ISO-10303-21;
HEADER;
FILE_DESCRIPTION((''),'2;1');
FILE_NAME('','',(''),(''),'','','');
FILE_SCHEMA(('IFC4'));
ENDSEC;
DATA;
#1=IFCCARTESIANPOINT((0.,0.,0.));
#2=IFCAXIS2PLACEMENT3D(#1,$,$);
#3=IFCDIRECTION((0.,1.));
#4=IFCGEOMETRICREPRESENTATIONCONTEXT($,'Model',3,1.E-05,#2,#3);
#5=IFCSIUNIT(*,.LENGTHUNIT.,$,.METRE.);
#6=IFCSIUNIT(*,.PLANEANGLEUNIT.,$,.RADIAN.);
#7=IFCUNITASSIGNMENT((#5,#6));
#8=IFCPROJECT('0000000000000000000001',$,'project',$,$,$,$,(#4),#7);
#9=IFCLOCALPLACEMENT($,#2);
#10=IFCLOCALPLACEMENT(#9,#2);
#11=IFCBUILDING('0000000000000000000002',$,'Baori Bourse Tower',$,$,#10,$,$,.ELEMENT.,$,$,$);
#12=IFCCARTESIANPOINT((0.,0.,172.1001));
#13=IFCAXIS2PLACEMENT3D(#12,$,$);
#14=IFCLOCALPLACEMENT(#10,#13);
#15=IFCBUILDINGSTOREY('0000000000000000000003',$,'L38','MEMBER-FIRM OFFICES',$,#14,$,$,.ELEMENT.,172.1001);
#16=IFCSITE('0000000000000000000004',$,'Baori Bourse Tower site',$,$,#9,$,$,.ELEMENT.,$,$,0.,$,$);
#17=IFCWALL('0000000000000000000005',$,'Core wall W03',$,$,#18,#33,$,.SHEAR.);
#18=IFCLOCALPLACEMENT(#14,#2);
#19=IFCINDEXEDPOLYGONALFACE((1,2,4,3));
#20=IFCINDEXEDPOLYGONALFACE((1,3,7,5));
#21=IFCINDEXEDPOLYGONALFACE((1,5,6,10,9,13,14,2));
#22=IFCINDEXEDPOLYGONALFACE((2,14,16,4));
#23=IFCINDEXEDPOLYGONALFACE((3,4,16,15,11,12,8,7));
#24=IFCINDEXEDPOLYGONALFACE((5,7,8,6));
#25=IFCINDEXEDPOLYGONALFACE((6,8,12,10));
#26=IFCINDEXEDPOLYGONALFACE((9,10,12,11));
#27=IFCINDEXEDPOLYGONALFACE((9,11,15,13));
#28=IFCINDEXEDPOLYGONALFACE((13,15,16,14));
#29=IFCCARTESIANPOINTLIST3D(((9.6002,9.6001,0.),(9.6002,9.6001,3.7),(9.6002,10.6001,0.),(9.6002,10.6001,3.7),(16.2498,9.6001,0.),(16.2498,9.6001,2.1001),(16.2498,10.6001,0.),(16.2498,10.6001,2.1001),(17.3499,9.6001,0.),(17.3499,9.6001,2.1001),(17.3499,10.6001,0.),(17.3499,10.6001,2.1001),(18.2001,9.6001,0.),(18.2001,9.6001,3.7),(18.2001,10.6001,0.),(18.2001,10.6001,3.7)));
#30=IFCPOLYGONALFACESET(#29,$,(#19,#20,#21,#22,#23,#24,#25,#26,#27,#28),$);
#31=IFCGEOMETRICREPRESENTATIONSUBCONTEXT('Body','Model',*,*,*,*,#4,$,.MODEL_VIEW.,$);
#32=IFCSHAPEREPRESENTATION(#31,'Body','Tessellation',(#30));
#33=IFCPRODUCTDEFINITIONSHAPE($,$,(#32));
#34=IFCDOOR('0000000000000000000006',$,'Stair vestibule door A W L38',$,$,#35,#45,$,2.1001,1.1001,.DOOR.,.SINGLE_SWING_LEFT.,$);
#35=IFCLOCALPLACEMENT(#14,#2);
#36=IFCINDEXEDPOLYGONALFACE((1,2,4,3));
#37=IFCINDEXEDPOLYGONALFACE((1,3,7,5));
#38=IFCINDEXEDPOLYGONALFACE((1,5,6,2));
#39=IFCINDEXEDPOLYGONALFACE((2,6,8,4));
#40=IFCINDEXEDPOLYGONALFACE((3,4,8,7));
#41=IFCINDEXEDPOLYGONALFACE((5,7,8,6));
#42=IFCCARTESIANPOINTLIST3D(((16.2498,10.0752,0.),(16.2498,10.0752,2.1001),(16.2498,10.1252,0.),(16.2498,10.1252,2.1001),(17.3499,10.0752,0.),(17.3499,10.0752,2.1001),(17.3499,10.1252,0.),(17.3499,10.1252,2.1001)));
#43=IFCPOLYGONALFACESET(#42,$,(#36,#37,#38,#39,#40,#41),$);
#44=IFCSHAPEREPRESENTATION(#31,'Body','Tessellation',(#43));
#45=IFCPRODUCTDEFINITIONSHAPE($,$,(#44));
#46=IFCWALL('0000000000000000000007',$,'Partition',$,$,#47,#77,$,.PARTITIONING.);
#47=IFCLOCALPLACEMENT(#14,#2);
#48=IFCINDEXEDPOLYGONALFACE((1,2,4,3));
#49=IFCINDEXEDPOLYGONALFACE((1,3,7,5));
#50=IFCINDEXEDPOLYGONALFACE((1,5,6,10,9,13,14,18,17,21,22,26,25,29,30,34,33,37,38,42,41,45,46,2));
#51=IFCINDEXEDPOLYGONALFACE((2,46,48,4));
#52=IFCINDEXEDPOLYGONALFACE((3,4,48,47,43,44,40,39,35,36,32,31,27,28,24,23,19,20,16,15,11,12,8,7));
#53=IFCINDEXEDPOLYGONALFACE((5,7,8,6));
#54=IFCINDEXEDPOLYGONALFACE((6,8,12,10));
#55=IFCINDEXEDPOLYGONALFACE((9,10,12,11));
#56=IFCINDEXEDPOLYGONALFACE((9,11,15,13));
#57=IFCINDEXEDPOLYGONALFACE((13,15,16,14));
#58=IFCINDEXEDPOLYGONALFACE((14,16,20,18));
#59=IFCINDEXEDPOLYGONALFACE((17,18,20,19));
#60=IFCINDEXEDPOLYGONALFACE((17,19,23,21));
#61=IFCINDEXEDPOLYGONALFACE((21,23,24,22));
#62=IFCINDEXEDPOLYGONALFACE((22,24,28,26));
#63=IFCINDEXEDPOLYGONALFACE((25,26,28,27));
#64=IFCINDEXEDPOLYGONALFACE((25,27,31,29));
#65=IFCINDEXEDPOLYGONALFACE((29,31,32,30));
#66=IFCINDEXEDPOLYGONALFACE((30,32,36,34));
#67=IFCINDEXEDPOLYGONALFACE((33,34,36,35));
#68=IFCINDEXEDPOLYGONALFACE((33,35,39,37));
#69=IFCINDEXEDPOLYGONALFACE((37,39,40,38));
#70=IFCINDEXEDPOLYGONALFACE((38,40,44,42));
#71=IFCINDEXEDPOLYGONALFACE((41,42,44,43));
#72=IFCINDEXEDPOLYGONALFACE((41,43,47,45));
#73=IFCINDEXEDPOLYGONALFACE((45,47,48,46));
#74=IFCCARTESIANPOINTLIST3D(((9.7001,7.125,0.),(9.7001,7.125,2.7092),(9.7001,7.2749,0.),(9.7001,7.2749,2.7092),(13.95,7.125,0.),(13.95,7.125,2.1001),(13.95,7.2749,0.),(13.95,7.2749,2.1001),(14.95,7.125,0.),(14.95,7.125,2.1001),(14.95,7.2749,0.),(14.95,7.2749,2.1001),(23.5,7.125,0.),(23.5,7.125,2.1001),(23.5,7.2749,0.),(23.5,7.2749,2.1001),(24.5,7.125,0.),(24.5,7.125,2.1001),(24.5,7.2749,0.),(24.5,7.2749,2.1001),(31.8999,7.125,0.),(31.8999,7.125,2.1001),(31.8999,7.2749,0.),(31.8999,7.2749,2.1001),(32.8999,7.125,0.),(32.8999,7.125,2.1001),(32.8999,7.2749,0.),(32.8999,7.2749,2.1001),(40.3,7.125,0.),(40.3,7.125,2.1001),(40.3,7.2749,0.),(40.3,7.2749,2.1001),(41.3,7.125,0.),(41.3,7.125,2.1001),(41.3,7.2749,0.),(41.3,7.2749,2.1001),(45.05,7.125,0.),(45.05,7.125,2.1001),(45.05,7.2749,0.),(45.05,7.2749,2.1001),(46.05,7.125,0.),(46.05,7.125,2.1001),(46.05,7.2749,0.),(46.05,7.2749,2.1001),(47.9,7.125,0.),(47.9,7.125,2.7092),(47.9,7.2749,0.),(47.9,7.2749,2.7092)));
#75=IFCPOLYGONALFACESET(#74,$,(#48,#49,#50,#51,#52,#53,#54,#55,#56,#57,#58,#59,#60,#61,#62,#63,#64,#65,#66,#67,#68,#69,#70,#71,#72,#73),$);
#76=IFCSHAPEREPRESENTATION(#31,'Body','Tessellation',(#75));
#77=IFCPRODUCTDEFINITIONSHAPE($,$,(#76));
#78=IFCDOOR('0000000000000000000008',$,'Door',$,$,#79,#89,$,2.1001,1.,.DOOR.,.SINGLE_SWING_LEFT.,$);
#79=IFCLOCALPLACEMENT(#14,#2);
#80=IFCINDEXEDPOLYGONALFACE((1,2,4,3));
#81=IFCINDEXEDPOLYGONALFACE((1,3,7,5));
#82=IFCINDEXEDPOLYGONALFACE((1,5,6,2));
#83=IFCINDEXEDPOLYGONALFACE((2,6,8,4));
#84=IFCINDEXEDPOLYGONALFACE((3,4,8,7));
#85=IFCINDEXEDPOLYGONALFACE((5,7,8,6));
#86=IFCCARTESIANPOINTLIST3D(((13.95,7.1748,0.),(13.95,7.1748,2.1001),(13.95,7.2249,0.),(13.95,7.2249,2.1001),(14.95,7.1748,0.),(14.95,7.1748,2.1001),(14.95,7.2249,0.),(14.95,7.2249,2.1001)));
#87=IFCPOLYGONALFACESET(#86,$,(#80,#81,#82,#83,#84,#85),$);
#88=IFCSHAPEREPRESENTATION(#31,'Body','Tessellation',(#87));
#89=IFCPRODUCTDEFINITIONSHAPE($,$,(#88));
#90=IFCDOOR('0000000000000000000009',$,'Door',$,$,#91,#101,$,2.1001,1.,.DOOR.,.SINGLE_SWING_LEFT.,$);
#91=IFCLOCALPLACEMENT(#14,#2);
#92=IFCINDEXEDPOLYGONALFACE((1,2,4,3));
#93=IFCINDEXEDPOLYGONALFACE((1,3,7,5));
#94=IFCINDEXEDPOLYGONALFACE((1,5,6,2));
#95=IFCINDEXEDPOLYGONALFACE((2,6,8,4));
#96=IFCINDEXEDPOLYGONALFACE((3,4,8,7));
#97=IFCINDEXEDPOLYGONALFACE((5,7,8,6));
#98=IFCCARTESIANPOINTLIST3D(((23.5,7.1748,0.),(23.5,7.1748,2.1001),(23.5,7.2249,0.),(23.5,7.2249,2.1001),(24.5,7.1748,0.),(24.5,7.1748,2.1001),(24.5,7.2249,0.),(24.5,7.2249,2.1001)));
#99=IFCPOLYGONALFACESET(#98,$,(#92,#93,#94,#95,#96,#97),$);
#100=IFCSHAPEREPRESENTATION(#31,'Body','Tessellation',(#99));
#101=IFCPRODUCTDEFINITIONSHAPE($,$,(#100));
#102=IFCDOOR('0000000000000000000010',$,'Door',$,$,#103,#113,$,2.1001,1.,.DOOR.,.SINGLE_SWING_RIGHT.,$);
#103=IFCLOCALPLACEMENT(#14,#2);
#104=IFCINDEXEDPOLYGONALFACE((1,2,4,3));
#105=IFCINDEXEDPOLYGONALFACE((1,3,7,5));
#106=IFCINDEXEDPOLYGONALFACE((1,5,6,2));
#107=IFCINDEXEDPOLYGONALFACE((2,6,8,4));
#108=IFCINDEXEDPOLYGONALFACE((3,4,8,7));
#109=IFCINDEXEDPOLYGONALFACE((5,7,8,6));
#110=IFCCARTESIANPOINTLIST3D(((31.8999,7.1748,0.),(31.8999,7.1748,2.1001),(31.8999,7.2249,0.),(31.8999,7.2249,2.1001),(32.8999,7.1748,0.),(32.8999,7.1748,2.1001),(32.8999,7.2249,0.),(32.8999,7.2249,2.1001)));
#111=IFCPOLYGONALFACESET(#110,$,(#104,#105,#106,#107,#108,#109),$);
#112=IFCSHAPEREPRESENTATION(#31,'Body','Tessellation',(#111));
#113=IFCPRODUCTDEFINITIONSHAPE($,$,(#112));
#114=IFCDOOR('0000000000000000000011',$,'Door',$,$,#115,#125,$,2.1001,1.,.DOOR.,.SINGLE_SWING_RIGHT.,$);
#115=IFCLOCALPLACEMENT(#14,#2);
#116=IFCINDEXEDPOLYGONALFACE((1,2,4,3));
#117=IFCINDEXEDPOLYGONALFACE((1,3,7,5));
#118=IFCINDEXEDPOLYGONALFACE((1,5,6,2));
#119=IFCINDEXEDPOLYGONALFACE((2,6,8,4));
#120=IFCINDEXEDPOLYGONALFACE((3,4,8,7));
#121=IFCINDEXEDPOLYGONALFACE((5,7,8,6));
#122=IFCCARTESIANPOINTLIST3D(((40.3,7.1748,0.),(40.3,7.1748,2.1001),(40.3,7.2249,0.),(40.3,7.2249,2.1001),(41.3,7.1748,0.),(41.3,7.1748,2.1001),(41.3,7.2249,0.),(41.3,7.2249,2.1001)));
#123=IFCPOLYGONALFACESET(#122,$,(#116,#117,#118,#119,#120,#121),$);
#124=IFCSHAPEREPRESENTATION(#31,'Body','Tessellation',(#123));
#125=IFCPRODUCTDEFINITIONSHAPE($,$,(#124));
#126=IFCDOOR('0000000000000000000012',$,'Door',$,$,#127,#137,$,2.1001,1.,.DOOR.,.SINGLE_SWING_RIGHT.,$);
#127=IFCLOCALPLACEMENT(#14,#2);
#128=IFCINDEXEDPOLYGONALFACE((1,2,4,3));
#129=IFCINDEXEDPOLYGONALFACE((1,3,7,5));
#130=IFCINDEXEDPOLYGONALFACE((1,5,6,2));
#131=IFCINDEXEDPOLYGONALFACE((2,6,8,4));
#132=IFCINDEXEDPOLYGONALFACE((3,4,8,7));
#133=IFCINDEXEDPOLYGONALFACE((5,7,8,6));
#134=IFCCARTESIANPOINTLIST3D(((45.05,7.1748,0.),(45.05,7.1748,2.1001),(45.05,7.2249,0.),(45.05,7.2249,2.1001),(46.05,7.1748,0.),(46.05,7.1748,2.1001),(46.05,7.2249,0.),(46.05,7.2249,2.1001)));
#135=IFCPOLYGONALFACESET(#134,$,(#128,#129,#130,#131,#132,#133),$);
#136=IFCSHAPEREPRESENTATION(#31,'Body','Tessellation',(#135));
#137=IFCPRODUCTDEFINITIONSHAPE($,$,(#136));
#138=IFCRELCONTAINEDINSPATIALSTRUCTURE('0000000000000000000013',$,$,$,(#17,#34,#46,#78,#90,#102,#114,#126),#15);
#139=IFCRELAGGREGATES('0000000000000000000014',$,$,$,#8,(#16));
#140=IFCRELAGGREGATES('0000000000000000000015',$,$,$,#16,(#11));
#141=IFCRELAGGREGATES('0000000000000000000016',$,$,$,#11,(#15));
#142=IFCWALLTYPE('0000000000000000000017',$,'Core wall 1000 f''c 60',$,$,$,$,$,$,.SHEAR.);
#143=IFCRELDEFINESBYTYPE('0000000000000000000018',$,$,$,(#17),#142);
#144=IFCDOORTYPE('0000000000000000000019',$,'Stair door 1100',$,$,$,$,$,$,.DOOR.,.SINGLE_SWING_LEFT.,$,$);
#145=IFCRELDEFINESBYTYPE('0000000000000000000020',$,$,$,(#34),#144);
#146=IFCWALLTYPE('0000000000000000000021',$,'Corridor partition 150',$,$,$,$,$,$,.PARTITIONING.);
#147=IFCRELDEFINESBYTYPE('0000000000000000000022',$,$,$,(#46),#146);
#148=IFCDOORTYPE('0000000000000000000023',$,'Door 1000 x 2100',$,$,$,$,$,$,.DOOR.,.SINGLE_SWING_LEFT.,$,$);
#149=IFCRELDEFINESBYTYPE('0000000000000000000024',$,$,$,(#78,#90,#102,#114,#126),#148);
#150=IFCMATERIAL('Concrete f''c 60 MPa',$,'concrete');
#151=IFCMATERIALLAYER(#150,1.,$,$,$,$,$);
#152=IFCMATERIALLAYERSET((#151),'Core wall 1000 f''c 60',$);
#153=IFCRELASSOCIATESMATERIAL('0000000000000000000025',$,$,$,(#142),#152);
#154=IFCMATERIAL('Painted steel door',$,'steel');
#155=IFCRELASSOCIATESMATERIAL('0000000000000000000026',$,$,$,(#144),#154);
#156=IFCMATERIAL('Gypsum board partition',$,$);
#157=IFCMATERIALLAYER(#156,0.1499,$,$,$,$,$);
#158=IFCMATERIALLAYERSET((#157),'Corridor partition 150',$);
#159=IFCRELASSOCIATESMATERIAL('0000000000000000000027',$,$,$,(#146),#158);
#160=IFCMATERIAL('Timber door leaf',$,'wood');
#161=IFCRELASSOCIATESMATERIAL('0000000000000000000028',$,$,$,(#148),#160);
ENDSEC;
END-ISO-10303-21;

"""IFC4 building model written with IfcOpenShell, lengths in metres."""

from ifc_helpers import new_model, si_unit, direction, frame, frame_2d, origin, place, context, subcontext, project, spatial, rectangle, extrude, material, layer, layer_set, type_object, element, fill, save


model = new_model("IFC4")

# Units and contexts
model_context = context("Model", 3, precision=1e-05, world=origin(), true_north=direction((0.0, 1.0)))
body_context = subcontext(model_context, "Body", "Model", "MODEL_VIEW")
ifc_project = project(units=[si_unit("LENGTHUNIT", "METRE"), si_unit("PLANEANGLEUNIT", "RADIAN")], contexts=[model_context])

# Site, building, storey
site_placement = place(None, origin())
site = spatial("IfcSite", under=ifc_project, at=site_placement, Name="Baori Bourse Tower site", CompositionType="ELEMENT", RefElevation=0.0)
building_placement = place(site_placement, origin())
building = spatial("IfcBuilding", under=site, at=building_placement, Name="Baori Bourse Tower", CompositionType="ELEMENT")
storey_placement = place(building_placement, frame((0.0, 0.0, 172.1001)))
storey = spatial("IfcBuildingStorey", under=building, at=storey_placement, Name="L38", Description="MEMBER-FIRM OFFICES", CompositionType="ELEMENT", Elevation=172.1001)

# Shared definitions
ifc_material_1 = material(Name="Concrete f'c 60 MPa", Category="concrete")
ifc_layer_1 = layer(ifc_material_1, 1.0)
ifc_layer_set_1 = layer_set([ifc_layer_1], Name="Core wall 1000 f'c 60")
wall_type_1 = type_object("IfcWallType", Name="Core wall 1000 f'c 60", PredefinedType="SHEAR", material=ifc_layer_set_1)

# Wall, opening, door
wall_1_placement = place(storey_placement, frame((18.2, 10.1001, 0.0), z_axis=(0.0, 0.0, 1.0), x_axis=(-1.0, 0.0, 0.0)))
wall_1 = element("IfcWall", 1, at=wall_1_placement, inside=storey, type_object=wall_type_1, Name="Core wall W03", PredefinedType="SHEAR", context=body_context, shape_type="SweptSolid", body=[
    extrude(rectangle(XDim=8.5999, YDim=1.0, at=frame_2d((4.2998, 0.0))), origin(), (0.0, 0.0, 1.0), 3.7),
])
opening_1_placement = place(wall_1_placement, frame((0.8501, 0.0, 0.0)))
opening_1 = element("IfcOpeningElement", 2, at=opening_1_placement, cuts=wall_1, PredefinedType="OPENING", context=body_context, shape_type="SweptSolid", body=[
    extrude(rectangle(XDim=1.1001, YDim=2.1001, at=frame_2d((0.55, 1.05))), frame((0.0, 0.51, 0.0), z_axis=(0.0, -1.0, 0.0), x_axis=(1.0, 0.0, 0.0)), (0.0, 0.0, 1.0), 1.02),
])
ifc_material_2 = material(Name="Painted steel door", Category="steel")
door_type_1 = type_object("IfcDoorType", Name="Stair door 1100", OperationType="SINGLE_SWING_LEFT", PredefinedType="DOOR", material=ifc_material_2)
door_1_placement = place(opening_1_placement, origin())
door_1 = element("IfcDoor", 3, at=door_1_placement, inside=storey, type_object=door_type_1, Name="Stair vestibule door A W L38", OperationType="SINGLE_SWING_LEFT", OverallHeight=2.1001, OverallWidth=1.1001, PredefinedType="DOOR", context=body_context, shape_type="SweptSolid", body=[
    extrude(rectangle(XDim=1.1001, YDim=2.1001, at=frame_2d((0.55, 1.05))), frame((0.0, 0.0249, 0.0), z_axis=(0.0, -1.0, 0.0), x_axis=(1.0, 0.0, 0.0)), (0.0, 0.0, 1.0), 0.05),
])
fill(opening_1, door_1)

# Wall, openings, doors
ifc_material_3 = material(Name="Gypsum board partition")
ifc_layer_2 = layer(ifc_material_3, 0.1499)
ifc_layer_set_2 = layer_set([ifc_layer_2], Name="Corridor partition 150")
wall_type_2 = type_object("IfcWallType", Name="Corridor partition 150", PredefinedType="PARTITIONING", material=ifc_layer_set_2)
wall_2_placement = place(storey_placement, frame((9.7, 7.2, 0.0), z_axis=(0.0, 0.0, 1.0), x_axis=(1.0, 0.0, 0.0)))
wall_2 = element("IfcWall", 4, at=wall_2_placement, inside=storey, type_object=wall_type_2, Name="Partition", PredefinedType="PARTITIONING", context=body_context, shape_type="SweptSolid", body=[
    extrude(rectangle(XDim=38.2, YDim=0.1499, at=frame_2d((19.1001, 0.0))), origin(), (0.0, 0.0, 1.0), 2.7092),
])
opening_2_placement = place(wall_2_placement, frame((4.25, 0.0, 0.0)))
opening_2 = element("IfcOpeningElement", 5, at=opening_2_placement, cuts=wall_2, PredefinedType="OPENING", context=body_context, shape_type="SweptSolid", body=[
    extrude(rectangle(XDim=1.0, YDim=2.1001, at=frame_2d((0.5, 1.05))), frame((0.0, 0.085, 0.0), z_axis=(0.0, -1.0, 0.0), x_axis=(1.0, 0.0, 0.0)), (0.0, 0.0, 1.0), 0.1699),
])
opening_3_placement = place(wall_2_placement, frame((13.8, 0.0, 0.0)))
opening_3 = element("IfcOpeningElement", 6, at=opening_3_placement, cuts=wall_2, PredefinedType="OPENING", context=body_context, shape_type="SweptSolid", body=[
    extrude(rectangle(XDim=1.0, YDim=2.1001, at=frame_2d((0.5, 1.05))), frame((0.0, 0.085, 0.0), z_axis=(0.0, -1.0, 0.0), x_axis=(1.0, 0.0, 0.0)), (0.0, 0.0, 1.0), 0.1699),
])
opening_4_placement = place(wall_2_placement, frame((22.2, 0.0, 0.0)))
opening_4 = element("IfcOpeningElement", 7, at=opening_4_placement, cuts=wall_2, PredefinedType="OPENING", context=body_context, shape_type="SweptSolid", body=[
    extrude(rectangle(XDim=1.0, YDim=2.1001, at=frame_2d((0.5, 1.05))), frame((0.0, 0.085, 0.0), z_axis=(0.0, -1.0, 0.0), x_axis=(1.0, 0.0, 0.0)), (0.0, 0.0, 1.0), 0.1699),
])
opening_5_placement = place(wall_2_placement, frame((30.6001, 0.0, 0.0)))
opening_5 = element("IfcOpeningElement", 8, at=opening_5_placement, cuts=wall_2, PredefinedType="OPENING", context=body_context, shape_type="SweptSolid", body=[
    extrude(rectangle(XDim=1.0, YDim=2.1001, at=frame_2d((0.5, 1.05))), frame((0.0, 0.085, 0.0), z_axis=(0.0, -1.0, 0.0), x_axis=(1.0, 0.0, 0.0)), (0.0, 0.0, 1.0), 0.1699),
])
opening_6_placement = place(wall_2_placement, frame((35.3501, 0.0, 0.0)))
opening_6 = element("IfcOpeningElement", 9, at=opening_6_placement, cuts=wall_2, PredefinedType="OPENING", context=body_context, shape_type="SweptSolid", body=[
    extrude(rectangle(XDim=1.0, YDim=2.1001, at=frame_2d((0.5, 1.05))), frame((0.0, 0.085, 0.0), z_axis=(0.0, -1.0, 0.0), x_axis=(1.0, 0.0, 0.0)), (0.0, 0.0, 1.0), 0.1699),
])
ifc_material_4 = material(Name="Timber door leaf", Category="wood")
door_type_2 = type_object("IfcDoorType", Name="Door 1000 x 2100", OperationType="SINGLE_SWING_LEFT", PredefinedType="DOOR", material=ifc_material_4)
door_2_placement = place(opening_2_placement, origin())
door_2 = element("IfcDoor", 10, at=door_2_placement, inside=storey, type_object=door_type_2, Name="Door", OperationType="SINGLE_SWING_LEFT", OverallHeight=2.1001, OverallWidth=1.0, PredefinedType="DOOR", context=body_context, shape_type="SweptSolid", body=[
    extrude(rectangle(XDim=1.0, YDim=2.1001, at=frame_2d((0.5, 1.05))), frame((0.0, 0.0249, 0.0), z_axis=(0.0, -1.0, 0.0), x_axis=(1.0, 0.0, 0.0)), (0.0, 0.0, 1.0), 0.05),
])
fill(opening_2, door_2)
door_3_placement = place(opening_3_placement, origin())
door_3 = element("IfcDoor", 11, at=door_3_placement, inside=storey, type_object=door_type_2, Name="Door", OperationType="SINGLE_SWING_LEFT", OverallHeight=2.1001, OverallWidth=1.0, PredefinedType="DOOR", context=body_context, shape_type="SweptSolid", body=[
    extrude(rectangle(XDim=1.0, YDim=2.1001, at=frame_2d((0.5, 1.05))), frame((0.0, 0.0249, 0.0), z_axis=(0.0, -1.0, 0.0), x_axis=(1.0, 0.0, 0.0)), (0.0, 0.0, 1.0), 0.05),
])
fill(opening_3, door_3)
door_4_placement = place(opening_4_placement, origin())
door_4 = element("IfcDoor", 12, at=door_4_placement, inside=storey, type_object=door_type_2, Name="Door", OperationType="SINGLE_SWING_RIGHT", OverallHeight=2.1001, OverallWidth=1.0, PredefinedType="DOOR", context=body_context, shape_type="SweptSolid", body=[
    extrude(rectangle(XDim=1.0, YDim=2.1001, at=frame_2d((0.5, 1.05))), frame((0.0, 0.0249, 0.0), z_axis=(0.0, -1.0, 0.0), x_axis=(1.0, 0.0, 0.0)), (0.0, 0.0, 1.0), 0.05),
])
fill(opening_4, door_4)
door_5_placement = place(opening_5_placement, origin())
door_5 = element("IfcDoor", 13, at=door_5_placement, inside=storey, type_object=door_type_2, Name="Door", OperationType="SINGLE_SWING_RIGHT", OverallHeight=2.1001, OverallWidth=1.0, PredefinedType="DOOR", context=body_context, shape_type="SweptSolid", body=[
    extrude(rectangle(XDim=1.0, YDim=2.1001, at=frame_2d((0.5, 1.05))), frame((0.0, 0.0249, 0.0), z_axis=(0.0, -1.0, 0.0), x_axis=(1.0, 0.0, 0.0)), (0.0, 0.0, 1.0), 0.05),
])
fill(opening_5, door_5)
door_6_placement = place(opening_6_placement, origin())
door_6 = element("IfcDoor", 14, at=door_6_placement, inside=storey, type_object=door_type_2, Name="Door", OperationType="SINGLE_SWING_RIGHT", OverallHeight=2.1001, OverallWidth=1.0, PredefinedType="DOOR", context=body_context, shape_type="SweptSolid", body=[
    extrude(rectangle(XDim=1.0, YDim=2.1001, at=frame_2d((0.5, 1.05))), frame((0.0, 0.0249, 0.0), z_axis=(0.0, -1.0, 0.0), x_axis=(1.0, 0.0, 0.0)), (0.0, 0.0, 1.0), 0.05),
])
fill(opening_6, door_6)

save(model, "model.ifc")
